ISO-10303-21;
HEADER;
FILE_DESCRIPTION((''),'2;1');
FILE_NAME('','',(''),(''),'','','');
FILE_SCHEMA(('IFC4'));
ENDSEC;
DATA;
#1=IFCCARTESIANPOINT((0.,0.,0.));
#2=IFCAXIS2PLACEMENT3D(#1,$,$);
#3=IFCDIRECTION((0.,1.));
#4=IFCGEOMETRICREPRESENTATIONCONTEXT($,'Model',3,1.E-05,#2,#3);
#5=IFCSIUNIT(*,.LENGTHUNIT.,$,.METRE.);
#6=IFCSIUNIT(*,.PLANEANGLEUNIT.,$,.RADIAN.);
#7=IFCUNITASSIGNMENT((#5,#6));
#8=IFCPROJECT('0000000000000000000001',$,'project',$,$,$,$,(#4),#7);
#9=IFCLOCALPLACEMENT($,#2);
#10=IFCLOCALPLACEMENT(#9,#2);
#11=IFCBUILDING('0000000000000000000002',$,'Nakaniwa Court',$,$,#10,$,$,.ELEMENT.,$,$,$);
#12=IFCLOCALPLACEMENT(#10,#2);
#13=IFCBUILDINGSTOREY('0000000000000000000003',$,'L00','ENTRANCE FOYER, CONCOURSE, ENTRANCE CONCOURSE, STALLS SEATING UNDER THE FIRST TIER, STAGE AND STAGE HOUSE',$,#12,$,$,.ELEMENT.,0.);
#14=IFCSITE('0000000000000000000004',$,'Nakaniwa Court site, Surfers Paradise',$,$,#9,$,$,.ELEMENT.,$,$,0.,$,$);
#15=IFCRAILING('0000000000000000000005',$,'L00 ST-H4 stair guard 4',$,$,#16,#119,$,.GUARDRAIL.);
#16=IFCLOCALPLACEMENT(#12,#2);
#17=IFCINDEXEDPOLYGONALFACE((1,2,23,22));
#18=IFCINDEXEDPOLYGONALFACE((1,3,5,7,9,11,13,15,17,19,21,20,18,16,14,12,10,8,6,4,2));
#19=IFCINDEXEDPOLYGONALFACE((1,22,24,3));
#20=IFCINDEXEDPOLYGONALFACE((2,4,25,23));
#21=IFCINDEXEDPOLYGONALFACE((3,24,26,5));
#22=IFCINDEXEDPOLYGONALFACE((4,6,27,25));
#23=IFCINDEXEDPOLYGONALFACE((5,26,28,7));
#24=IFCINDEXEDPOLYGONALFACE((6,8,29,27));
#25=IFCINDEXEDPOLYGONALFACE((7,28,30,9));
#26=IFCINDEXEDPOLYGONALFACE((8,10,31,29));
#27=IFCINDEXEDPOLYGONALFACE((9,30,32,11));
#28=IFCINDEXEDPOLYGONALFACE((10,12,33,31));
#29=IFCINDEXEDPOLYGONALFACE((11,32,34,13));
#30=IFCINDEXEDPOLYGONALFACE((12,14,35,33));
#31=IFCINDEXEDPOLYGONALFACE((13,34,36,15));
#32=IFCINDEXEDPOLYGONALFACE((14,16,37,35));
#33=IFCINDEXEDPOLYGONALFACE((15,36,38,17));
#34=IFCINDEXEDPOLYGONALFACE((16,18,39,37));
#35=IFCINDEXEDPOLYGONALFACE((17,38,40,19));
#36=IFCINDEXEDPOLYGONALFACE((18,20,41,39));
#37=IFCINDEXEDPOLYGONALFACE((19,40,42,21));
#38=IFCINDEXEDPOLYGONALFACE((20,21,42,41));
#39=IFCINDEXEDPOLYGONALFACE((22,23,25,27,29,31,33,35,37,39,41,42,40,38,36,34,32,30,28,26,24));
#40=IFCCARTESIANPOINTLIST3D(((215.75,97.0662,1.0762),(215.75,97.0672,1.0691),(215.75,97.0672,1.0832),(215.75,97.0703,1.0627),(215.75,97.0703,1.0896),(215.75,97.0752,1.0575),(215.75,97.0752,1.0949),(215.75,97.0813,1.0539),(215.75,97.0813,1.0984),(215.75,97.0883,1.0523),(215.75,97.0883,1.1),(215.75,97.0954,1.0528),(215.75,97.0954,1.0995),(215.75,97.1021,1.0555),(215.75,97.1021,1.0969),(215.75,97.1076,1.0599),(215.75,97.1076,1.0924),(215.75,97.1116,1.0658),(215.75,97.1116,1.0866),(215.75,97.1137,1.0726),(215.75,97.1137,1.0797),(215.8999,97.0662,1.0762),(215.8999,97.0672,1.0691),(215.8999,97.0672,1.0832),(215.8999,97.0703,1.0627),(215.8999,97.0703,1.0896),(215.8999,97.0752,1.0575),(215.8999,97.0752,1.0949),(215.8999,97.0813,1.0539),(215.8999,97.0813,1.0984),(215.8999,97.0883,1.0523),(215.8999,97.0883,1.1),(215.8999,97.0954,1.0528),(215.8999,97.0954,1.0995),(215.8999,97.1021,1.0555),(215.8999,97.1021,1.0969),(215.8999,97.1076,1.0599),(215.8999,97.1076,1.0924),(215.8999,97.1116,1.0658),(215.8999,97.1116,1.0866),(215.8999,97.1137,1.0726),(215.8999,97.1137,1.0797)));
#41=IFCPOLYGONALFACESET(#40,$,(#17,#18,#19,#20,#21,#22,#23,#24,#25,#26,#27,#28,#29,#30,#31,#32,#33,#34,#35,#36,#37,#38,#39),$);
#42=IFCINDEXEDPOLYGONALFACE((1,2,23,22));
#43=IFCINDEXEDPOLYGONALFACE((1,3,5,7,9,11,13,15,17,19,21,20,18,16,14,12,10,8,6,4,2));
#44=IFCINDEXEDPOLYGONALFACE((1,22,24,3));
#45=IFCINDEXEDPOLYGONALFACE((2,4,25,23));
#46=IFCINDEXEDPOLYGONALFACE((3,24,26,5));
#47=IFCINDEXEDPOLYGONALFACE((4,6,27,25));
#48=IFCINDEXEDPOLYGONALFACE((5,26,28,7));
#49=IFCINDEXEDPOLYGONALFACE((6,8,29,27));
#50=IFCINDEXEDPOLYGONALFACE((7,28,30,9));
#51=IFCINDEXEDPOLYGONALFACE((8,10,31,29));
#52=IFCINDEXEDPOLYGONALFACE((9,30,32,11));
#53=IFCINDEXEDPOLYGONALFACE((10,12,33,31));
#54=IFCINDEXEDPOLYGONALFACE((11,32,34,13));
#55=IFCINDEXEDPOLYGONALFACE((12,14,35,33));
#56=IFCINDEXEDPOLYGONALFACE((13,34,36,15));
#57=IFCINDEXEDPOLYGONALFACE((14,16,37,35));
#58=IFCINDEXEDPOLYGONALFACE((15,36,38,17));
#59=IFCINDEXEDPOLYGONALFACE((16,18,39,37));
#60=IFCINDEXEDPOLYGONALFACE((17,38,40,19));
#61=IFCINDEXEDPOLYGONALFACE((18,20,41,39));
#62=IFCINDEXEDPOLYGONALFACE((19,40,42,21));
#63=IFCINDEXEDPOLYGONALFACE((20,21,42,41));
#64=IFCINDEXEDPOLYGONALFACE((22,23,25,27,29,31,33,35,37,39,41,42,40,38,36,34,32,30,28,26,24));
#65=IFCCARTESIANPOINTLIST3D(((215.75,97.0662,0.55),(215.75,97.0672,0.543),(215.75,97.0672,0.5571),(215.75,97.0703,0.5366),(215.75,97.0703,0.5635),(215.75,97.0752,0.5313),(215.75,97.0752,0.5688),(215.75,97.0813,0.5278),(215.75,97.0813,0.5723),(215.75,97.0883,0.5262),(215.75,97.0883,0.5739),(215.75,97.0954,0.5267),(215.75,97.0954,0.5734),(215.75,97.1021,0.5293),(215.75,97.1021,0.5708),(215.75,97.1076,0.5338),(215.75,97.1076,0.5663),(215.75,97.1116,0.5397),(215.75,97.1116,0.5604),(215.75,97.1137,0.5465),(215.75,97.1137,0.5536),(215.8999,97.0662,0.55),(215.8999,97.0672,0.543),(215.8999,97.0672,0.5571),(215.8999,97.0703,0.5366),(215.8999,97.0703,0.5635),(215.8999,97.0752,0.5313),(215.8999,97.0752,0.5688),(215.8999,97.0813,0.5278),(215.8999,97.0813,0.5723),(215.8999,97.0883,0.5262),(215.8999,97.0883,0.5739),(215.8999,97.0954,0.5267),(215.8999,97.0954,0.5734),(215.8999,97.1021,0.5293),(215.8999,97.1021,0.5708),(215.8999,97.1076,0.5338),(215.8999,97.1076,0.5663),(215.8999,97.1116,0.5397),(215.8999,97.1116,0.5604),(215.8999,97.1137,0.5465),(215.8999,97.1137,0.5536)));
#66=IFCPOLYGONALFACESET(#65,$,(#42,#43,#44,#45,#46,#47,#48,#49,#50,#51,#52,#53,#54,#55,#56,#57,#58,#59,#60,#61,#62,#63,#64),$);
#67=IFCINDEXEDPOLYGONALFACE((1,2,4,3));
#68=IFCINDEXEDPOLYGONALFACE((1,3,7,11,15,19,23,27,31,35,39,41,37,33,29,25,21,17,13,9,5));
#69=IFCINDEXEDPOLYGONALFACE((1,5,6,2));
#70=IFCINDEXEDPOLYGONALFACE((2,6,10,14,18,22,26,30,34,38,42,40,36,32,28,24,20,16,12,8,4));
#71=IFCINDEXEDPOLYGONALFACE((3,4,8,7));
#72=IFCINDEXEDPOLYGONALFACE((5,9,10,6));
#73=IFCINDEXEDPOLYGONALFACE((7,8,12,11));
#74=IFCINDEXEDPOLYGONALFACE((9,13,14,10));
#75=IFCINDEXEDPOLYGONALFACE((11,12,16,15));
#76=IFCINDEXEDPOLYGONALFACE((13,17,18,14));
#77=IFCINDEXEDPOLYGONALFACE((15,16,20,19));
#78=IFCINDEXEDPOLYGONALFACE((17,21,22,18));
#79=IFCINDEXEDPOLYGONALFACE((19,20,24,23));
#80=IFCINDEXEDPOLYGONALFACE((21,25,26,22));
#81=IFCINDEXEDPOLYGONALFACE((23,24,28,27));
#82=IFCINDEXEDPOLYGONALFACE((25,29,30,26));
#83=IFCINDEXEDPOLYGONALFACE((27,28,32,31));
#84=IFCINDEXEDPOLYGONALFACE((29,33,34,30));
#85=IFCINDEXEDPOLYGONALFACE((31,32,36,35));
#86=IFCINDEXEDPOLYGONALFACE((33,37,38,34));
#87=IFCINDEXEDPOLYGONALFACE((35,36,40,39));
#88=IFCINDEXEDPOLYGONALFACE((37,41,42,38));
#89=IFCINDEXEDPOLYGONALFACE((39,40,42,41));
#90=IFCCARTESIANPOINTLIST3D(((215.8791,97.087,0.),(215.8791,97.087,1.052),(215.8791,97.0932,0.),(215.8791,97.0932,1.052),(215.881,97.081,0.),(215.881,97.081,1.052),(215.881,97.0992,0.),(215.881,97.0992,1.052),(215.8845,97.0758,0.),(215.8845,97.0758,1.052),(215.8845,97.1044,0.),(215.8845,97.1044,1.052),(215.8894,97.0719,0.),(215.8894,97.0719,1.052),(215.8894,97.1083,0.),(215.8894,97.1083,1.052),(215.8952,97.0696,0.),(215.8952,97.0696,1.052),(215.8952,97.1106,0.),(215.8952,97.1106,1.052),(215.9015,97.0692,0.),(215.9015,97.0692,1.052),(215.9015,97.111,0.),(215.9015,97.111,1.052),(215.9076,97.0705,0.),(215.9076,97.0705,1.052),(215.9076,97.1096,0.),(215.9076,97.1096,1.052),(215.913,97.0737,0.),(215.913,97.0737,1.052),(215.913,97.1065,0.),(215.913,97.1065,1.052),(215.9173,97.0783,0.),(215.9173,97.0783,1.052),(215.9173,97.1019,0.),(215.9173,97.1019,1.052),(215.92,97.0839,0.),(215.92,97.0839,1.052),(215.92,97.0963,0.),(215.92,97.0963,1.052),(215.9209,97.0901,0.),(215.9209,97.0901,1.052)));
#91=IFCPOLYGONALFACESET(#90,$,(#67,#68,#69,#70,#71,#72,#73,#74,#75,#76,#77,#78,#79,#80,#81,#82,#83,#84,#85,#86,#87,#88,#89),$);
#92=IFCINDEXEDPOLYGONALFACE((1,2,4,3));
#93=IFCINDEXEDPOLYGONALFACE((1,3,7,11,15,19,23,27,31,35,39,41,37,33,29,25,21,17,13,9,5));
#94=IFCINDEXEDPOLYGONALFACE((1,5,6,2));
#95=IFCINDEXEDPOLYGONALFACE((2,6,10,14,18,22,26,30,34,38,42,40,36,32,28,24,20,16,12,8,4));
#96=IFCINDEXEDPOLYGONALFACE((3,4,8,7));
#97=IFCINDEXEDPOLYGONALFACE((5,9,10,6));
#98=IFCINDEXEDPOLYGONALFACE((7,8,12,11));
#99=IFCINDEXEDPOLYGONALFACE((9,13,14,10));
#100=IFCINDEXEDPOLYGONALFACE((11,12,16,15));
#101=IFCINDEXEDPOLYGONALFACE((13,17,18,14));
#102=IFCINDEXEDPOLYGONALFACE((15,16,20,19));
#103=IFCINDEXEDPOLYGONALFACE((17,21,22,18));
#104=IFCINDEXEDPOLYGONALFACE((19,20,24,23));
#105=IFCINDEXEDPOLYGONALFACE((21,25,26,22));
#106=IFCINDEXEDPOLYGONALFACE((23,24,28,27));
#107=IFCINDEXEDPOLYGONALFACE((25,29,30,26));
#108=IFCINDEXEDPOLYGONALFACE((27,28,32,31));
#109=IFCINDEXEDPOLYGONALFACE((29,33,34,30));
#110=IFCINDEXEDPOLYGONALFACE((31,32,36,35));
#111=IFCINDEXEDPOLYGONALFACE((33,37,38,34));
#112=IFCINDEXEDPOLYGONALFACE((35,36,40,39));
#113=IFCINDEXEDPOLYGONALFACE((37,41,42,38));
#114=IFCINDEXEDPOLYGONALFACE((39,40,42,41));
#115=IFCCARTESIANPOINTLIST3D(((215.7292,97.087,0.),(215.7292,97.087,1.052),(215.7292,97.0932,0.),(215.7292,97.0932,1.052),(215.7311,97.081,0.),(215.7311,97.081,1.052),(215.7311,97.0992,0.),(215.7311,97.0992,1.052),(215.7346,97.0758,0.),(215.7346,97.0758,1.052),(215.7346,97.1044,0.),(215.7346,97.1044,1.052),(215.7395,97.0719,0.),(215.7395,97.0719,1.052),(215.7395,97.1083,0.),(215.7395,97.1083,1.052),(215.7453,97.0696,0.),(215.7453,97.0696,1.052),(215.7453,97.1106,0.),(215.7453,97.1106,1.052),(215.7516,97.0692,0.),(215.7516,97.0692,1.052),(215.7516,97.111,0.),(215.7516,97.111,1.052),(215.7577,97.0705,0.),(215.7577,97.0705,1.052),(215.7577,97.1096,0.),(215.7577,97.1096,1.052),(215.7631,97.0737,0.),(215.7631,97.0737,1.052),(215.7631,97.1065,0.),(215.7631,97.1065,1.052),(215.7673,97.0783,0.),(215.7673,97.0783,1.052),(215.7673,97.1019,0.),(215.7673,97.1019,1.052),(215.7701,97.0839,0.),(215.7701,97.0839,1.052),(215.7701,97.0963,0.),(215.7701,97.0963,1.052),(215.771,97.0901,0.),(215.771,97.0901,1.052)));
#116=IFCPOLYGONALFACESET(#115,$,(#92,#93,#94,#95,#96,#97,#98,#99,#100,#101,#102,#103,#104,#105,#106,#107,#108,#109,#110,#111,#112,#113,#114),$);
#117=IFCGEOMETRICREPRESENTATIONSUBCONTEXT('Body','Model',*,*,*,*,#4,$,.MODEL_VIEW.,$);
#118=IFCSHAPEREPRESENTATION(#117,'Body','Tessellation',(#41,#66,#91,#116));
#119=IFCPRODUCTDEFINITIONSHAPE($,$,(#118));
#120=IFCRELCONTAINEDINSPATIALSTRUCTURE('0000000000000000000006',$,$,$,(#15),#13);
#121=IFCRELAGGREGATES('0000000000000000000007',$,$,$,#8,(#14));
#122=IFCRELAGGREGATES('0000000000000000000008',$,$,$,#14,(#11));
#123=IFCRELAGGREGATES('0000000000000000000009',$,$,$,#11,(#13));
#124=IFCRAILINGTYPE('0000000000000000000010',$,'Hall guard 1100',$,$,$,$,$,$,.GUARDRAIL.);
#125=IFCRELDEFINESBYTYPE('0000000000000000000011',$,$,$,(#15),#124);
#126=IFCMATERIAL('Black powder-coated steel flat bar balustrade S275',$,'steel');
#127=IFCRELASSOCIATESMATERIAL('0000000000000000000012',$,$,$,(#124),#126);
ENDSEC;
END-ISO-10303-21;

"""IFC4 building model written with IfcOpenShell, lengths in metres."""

from ifc_helpers import new_model, si_unit, direction, frame, origin, origin_2d, place, context, subcontext, project, spatial, circle, extrude, material, type_object, element, save


model = new_model("IFC4")

# Units and contexts
model_context = context("Model", 3, precision=1e-05, world=origin(), true_north=direction((0.0, 1.0)))
body_context = subcontext(model_context, "Body", "Model", "MODEL_VIEW")
ifc_project = project(units=[si_unit("LENGTHUNIT", "METRE"), si_unit("PLANEANGLEUNIT", "RADIAN")], contexts=[model_context])

# Site, building, storey
site_placement = place(None, origin())
site = spatial("IfcSite", under=ifc_project, at=site_placement, Name="Nakaniwa Court site, Surfers Paradise", CompositionType="ELEMENT", RefElevation=0.0)
building_placement = place(site_placement, origin())
building = spatial("IfcBuilding", under=site, at=building_placement, Name="Nakaniwa Court", CompositionType="ELEMENT")
storey_placement = place(building_placement, origin())
storey = spatial("IfcBuildingStorey", under=building, at=storey_placement, Name="L00", Description="ENTRANCE FOYER, CONCOURSE, ENTRANCE CONCOURSE, STALLS SEATING UNDER THE FIRST TIER, STAGE AND STAGE HOUSE", CompositionType="ELEMENT", Elevation=0.0)

# Railing
ifc_material_1 = material(Name="Black powder-coated steel flat bar balustrade S275", Category="steel")
railing_type_1 = type_object("IfcRailingType", Name="Hall guard 1100", PredefinedType="GUARDRAIL", material=ifc_material_1)
railing_1_placement = place(storey_placement, frame((215.8999, 97.0901, 0.0)))
element("IfcRailing", 1, at=railing_1_placement, inside=storey, type_object=railing_type_1, Name="L00 ST-H4 stair guard 4", PredefinedType="GUARDRAIL", context=body_context, shape_type="SweptSolid", body=[
    extrude(circle(Radius=0.0239, at=origin_2d()), frame((0.0, 0.0, 1.0762), z_axis=(-1.0, 0.0, 0.0), x_axis=(0.0, -1.0, 0.0)), (0.0, 0.0, 1.0), 0.1499),
    extrude(circle(Radius=0.0239, at=origin_2d()), frame((0.0, 0.0, 0.55), z_axis=(-1.0, 0.0, 0.0), x_axis=(0.0, -1.0, 0.0)), (0.0, 0.0, 1.0), 0.1499),
    extrude(circle(Radius=0.021, at=origin_2d()), origin(), (0.0, 0.0, 1.0), 1.052),
    extrude(circle(Radius=0.021, at=origin_2d()), frame((-0.1499, 0.0, 0.0)), (0.0, 0.0, 1.0), 1.052),
])

save(model, "model.ifc")
